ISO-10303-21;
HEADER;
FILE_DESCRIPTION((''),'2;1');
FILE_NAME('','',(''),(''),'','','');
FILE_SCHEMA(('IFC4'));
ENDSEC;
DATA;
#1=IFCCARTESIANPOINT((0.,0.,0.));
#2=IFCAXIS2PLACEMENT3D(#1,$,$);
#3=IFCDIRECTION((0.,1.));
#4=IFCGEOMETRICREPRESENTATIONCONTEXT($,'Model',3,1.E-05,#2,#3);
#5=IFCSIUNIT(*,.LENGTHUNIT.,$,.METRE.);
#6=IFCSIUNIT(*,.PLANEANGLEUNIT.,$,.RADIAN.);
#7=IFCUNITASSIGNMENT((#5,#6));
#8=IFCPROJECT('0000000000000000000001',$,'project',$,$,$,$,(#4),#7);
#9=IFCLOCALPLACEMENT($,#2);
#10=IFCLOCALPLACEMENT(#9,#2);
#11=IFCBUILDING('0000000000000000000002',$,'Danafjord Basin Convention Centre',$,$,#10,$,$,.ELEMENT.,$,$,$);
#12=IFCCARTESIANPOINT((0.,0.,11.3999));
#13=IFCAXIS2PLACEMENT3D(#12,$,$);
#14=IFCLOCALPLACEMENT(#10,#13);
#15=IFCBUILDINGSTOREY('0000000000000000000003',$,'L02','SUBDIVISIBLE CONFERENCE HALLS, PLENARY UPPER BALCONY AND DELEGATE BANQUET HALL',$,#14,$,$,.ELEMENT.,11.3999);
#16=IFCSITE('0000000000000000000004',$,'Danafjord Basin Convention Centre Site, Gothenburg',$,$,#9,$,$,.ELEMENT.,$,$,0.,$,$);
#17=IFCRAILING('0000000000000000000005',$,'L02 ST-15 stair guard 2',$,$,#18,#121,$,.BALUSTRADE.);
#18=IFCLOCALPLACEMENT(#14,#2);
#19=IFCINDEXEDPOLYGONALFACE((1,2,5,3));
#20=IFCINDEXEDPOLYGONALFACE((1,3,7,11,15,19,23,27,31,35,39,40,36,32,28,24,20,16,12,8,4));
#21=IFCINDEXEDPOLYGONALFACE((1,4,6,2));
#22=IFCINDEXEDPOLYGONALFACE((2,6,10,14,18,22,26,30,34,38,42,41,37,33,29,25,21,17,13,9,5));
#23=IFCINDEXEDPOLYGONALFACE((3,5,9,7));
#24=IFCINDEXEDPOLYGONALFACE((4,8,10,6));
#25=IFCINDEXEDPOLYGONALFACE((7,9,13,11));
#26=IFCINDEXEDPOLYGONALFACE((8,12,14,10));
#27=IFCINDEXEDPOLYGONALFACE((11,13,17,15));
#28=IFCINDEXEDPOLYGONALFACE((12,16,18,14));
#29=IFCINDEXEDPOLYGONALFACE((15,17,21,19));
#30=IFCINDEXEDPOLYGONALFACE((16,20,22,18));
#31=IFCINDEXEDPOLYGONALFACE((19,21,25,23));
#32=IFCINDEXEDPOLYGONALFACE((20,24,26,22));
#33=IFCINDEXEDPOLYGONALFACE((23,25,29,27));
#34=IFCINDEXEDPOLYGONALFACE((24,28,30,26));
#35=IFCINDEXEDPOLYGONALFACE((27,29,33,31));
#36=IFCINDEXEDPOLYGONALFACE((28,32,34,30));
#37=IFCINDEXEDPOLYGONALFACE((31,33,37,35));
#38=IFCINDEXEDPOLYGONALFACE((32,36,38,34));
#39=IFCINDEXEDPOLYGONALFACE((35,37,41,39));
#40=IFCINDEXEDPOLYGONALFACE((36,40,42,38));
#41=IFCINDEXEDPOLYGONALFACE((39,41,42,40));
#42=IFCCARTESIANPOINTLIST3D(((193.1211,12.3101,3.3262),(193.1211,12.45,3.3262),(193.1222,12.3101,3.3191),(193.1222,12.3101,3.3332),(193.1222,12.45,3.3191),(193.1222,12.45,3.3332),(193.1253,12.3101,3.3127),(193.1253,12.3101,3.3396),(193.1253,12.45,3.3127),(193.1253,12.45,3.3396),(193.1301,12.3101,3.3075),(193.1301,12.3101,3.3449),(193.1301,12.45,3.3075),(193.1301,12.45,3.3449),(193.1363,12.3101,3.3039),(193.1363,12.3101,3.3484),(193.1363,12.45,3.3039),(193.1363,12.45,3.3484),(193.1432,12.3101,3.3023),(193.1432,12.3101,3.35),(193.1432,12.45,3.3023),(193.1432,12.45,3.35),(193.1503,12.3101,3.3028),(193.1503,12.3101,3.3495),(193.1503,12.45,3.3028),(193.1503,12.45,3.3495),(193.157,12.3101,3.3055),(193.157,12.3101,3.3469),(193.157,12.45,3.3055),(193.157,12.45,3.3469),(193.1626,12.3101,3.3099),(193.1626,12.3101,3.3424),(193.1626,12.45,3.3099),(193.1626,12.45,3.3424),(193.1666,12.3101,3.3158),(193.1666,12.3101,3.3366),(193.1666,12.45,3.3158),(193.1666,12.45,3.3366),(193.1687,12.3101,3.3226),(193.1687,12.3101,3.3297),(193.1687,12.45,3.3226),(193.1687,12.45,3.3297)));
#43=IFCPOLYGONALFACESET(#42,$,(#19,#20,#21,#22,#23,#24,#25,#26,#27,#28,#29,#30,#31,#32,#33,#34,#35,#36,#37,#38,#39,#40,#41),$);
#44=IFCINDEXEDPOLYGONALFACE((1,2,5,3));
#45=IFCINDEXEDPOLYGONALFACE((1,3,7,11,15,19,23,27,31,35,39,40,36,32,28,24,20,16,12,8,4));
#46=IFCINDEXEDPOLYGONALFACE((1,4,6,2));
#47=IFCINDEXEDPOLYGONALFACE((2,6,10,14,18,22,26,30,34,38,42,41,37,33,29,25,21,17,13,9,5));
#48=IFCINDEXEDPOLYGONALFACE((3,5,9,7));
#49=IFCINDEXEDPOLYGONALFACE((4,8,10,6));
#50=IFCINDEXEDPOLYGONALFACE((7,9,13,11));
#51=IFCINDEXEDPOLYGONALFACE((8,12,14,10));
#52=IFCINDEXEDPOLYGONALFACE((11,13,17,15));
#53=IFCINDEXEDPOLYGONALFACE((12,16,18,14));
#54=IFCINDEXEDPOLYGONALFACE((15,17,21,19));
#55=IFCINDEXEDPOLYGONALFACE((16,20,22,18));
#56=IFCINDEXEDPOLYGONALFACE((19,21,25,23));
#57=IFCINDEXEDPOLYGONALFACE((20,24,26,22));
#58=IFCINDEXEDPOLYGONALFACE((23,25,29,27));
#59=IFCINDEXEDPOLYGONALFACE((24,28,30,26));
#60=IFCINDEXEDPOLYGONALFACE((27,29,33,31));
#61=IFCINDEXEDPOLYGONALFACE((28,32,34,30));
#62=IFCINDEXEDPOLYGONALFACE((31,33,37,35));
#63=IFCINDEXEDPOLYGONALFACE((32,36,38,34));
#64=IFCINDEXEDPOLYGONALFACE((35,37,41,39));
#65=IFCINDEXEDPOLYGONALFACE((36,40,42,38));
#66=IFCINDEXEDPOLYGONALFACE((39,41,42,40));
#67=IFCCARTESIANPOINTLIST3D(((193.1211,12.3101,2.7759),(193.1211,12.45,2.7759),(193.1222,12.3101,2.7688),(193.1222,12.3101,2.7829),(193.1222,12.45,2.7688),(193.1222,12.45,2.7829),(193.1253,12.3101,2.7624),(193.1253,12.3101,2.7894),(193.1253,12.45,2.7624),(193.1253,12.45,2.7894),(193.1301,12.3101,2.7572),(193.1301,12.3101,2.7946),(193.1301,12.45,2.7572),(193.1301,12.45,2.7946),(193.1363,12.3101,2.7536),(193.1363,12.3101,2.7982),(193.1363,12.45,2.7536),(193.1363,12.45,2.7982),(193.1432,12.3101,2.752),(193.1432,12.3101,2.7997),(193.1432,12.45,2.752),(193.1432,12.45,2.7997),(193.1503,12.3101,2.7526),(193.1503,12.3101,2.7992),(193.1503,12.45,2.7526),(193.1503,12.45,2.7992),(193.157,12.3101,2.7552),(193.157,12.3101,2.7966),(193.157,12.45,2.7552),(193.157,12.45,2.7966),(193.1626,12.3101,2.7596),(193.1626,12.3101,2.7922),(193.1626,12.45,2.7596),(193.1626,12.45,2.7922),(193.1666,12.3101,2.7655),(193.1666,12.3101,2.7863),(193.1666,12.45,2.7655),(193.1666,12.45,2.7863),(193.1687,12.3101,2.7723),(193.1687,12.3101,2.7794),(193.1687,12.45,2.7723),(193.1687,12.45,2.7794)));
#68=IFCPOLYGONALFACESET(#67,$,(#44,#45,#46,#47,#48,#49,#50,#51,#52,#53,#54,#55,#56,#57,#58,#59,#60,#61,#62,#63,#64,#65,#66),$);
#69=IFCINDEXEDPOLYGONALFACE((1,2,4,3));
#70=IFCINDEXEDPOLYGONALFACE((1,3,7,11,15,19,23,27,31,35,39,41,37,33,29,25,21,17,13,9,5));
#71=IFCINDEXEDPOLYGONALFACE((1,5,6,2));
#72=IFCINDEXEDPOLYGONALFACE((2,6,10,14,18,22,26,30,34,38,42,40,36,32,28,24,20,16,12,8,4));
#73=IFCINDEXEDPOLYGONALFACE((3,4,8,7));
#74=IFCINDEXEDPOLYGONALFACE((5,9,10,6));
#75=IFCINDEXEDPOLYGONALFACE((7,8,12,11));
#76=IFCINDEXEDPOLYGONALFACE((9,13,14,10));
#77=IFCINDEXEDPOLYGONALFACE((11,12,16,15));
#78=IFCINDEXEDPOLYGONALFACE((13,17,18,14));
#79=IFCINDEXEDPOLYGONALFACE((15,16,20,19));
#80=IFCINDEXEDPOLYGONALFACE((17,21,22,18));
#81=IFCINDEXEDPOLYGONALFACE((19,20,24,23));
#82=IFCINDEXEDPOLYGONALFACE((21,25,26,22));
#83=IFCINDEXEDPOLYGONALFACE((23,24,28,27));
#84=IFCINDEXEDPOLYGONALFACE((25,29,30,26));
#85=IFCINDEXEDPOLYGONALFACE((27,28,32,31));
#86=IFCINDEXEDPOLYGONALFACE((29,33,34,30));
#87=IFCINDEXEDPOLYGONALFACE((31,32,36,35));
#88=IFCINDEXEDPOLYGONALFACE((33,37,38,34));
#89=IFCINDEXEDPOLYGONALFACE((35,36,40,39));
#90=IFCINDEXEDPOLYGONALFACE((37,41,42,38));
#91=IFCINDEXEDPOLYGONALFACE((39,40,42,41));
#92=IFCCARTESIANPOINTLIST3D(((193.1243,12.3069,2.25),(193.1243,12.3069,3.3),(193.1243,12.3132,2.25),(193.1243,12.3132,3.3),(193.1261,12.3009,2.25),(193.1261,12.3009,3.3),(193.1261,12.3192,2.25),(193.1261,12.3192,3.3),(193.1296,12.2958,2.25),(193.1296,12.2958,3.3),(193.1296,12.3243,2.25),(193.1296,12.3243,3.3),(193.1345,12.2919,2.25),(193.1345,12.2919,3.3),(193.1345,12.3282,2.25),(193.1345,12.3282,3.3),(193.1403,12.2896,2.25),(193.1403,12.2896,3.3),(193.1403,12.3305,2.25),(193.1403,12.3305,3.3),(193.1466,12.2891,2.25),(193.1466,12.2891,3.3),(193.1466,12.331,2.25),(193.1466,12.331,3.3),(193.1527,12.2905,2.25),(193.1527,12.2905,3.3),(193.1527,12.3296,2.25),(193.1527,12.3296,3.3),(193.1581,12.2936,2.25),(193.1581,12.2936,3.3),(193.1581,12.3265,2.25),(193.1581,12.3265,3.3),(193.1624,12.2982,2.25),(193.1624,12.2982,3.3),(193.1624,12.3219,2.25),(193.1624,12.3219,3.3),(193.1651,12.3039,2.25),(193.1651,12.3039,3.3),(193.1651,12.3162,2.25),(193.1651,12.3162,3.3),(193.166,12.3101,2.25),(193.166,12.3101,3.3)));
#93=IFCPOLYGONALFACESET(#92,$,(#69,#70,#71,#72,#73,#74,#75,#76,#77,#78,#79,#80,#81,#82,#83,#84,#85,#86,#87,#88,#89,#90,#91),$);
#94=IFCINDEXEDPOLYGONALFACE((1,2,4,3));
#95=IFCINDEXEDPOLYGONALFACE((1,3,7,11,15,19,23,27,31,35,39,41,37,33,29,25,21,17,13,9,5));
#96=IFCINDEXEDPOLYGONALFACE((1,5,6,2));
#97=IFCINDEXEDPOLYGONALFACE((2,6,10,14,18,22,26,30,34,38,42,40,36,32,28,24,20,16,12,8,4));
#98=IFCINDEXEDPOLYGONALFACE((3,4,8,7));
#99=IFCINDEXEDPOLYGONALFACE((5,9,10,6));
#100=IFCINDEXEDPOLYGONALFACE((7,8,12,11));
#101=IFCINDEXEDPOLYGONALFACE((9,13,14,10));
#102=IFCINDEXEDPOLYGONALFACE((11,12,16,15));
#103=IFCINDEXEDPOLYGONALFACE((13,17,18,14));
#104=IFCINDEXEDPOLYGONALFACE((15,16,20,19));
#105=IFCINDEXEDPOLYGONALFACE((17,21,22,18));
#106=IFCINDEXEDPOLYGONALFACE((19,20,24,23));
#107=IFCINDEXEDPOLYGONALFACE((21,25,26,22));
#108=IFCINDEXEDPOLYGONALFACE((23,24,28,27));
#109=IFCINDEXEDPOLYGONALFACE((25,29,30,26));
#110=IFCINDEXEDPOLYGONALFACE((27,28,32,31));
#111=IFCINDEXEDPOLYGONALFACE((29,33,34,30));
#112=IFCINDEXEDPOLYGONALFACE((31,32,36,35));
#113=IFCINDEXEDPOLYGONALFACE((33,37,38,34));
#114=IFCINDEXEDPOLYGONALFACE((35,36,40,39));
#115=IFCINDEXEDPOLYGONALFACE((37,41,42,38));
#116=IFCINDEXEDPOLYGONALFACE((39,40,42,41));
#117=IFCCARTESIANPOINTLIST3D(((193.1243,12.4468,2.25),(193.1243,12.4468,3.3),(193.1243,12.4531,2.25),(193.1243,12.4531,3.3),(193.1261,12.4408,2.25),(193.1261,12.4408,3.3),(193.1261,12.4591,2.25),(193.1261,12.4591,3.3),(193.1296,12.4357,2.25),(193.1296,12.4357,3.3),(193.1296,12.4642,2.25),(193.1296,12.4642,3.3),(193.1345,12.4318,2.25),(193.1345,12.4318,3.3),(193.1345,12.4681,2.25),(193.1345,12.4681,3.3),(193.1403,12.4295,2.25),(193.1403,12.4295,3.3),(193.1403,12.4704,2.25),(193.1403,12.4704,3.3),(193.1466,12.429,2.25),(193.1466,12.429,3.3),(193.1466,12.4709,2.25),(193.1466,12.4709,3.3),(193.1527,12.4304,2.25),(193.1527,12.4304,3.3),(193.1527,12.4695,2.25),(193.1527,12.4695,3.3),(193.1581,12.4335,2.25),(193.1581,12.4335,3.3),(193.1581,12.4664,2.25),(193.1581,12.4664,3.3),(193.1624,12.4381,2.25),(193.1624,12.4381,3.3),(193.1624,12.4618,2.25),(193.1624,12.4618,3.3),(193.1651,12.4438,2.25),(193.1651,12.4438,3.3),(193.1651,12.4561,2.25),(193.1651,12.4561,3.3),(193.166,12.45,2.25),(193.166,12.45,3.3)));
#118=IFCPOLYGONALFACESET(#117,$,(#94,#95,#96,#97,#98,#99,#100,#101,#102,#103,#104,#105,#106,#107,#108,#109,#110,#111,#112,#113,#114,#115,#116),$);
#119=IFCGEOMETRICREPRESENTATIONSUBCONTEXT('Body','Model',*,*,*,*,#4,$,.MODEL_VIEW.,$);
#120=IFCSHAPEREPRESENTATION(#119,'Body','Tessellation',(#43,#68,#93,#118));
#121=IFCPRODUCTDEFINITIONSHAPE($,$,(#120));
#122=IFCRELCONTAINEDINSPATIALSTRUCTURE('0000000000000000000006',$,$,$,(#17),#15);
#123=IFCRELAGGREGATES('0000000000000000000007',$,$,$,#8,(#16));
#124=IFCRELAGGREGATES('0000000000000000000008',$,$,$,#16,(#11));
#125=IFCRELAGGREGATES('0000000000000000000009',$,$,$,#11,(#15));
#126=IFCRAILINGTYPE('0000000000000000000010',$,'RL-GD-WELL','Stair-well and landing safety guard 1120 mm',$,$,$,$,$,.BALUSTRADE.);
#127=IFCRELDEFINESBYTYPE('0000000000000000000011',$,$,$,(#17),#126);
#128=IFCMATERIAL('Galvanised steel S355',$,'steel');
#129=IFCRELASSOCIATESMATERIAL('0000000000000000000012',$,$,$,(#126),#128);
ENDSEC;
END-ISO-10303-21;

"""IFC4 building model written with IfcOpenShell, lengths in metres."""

from ifc_helpers import new_model, si_unit, direction, frame, origin, origin_2d, place, context, subcontext, project, spatial, circle, extrude, material, type_object, element, save


model = new_model("IFC4")

# Units and contexts
model_context = context("Model", 3, precision=1e-05, world=origin(), true_north=direction((0.0, 1.0)))
body_context = subcontext(model_context, "Body", "Model", "MODEL_VIEW")
ifc_project = project(units=[si_unit("LENGTHUNIT", "METRE"), si_unit("PLANEANGLEUNIT", "RADIAN")], contexts=[model_context])

# Site, building, storey
site_placement = place(None, origin())
site = spatial("IfcSite", under=ifc_project, at=site_placement, Name="Danafjord Basin Convention Centre Site, Gothenburg", CompositionType="ELEMENT", RefElevation=0.0)
building_placement = place(site_placement, origin())
building = spatial("IfcBuilding", under=site, at=building_placement, Name="Danafjord Basin Convention Centre", CompositionType="ELEMENT")
storey_placement = place(building_placement, frame((0.0, 0.0, 11.3999)))
storey = spatial("IfcBuildingStorey", under=building, at=storey_placement, Name="L02", Description="SUBDIVISIBLE CONFERENCE HALLS, PLENARY UPPER BALCONY AND DELEGATE BANQUET HALL", CompositionType="ELEMENT", Elevation=11.3999)

# Railing
ifc_material_1 = material(Name="Galvanised steel S355", Category="steel")
railing_type_1 = type_object("IfcRailingType", Name="RL-GD-WELL", Description="Stair-well and landing safety guard 1120 mm", PredefinedType="BALUSTRADE", material=ifc_material_1)
railing_1_placement = place(storey_placement, frame((193.145, 12.3101, 2.25)))
element("IfcRailing", 1, at=railing_1_placement, inside=storey, type_object=railing_type_1, Name="L02 ST-15 stair guard 2", PredefinedType="BALUSTRADE", context=body_context, shape_type="SweptSolid", body=[
    extrude(circle(Radius=0.0239, at=origin_2d()), frame((0.0, 0.0, 1.0762), z_axis=(0.0, 1.0, 0.0), x_axis=(-1.0, 0.0, 0.0)), (0.0, 0.0, 1.0), 0.1399),
    extrude(circle(Radius=0.0239, at=origin_2d()), frame((0.0, 0.0, 0.5259), z_axis=(0.0, 1.0, 0.0), x_axis=(-1.0, 0.0, 0.0)), (0.0, 0.0, 1.0), 0.1399),
    extrude(circle(Radius=0.021, at=origin_2d()), origin(), (0.0, 0.0, 1.0), 1.05),
    extrude(circle(Radius=0.021, at=origin_2d()), frame((0.0, 0.1399, 0.0)), (0.0, 0.0, 1.0), 1.05),
])

save(model, "model.ifc")
